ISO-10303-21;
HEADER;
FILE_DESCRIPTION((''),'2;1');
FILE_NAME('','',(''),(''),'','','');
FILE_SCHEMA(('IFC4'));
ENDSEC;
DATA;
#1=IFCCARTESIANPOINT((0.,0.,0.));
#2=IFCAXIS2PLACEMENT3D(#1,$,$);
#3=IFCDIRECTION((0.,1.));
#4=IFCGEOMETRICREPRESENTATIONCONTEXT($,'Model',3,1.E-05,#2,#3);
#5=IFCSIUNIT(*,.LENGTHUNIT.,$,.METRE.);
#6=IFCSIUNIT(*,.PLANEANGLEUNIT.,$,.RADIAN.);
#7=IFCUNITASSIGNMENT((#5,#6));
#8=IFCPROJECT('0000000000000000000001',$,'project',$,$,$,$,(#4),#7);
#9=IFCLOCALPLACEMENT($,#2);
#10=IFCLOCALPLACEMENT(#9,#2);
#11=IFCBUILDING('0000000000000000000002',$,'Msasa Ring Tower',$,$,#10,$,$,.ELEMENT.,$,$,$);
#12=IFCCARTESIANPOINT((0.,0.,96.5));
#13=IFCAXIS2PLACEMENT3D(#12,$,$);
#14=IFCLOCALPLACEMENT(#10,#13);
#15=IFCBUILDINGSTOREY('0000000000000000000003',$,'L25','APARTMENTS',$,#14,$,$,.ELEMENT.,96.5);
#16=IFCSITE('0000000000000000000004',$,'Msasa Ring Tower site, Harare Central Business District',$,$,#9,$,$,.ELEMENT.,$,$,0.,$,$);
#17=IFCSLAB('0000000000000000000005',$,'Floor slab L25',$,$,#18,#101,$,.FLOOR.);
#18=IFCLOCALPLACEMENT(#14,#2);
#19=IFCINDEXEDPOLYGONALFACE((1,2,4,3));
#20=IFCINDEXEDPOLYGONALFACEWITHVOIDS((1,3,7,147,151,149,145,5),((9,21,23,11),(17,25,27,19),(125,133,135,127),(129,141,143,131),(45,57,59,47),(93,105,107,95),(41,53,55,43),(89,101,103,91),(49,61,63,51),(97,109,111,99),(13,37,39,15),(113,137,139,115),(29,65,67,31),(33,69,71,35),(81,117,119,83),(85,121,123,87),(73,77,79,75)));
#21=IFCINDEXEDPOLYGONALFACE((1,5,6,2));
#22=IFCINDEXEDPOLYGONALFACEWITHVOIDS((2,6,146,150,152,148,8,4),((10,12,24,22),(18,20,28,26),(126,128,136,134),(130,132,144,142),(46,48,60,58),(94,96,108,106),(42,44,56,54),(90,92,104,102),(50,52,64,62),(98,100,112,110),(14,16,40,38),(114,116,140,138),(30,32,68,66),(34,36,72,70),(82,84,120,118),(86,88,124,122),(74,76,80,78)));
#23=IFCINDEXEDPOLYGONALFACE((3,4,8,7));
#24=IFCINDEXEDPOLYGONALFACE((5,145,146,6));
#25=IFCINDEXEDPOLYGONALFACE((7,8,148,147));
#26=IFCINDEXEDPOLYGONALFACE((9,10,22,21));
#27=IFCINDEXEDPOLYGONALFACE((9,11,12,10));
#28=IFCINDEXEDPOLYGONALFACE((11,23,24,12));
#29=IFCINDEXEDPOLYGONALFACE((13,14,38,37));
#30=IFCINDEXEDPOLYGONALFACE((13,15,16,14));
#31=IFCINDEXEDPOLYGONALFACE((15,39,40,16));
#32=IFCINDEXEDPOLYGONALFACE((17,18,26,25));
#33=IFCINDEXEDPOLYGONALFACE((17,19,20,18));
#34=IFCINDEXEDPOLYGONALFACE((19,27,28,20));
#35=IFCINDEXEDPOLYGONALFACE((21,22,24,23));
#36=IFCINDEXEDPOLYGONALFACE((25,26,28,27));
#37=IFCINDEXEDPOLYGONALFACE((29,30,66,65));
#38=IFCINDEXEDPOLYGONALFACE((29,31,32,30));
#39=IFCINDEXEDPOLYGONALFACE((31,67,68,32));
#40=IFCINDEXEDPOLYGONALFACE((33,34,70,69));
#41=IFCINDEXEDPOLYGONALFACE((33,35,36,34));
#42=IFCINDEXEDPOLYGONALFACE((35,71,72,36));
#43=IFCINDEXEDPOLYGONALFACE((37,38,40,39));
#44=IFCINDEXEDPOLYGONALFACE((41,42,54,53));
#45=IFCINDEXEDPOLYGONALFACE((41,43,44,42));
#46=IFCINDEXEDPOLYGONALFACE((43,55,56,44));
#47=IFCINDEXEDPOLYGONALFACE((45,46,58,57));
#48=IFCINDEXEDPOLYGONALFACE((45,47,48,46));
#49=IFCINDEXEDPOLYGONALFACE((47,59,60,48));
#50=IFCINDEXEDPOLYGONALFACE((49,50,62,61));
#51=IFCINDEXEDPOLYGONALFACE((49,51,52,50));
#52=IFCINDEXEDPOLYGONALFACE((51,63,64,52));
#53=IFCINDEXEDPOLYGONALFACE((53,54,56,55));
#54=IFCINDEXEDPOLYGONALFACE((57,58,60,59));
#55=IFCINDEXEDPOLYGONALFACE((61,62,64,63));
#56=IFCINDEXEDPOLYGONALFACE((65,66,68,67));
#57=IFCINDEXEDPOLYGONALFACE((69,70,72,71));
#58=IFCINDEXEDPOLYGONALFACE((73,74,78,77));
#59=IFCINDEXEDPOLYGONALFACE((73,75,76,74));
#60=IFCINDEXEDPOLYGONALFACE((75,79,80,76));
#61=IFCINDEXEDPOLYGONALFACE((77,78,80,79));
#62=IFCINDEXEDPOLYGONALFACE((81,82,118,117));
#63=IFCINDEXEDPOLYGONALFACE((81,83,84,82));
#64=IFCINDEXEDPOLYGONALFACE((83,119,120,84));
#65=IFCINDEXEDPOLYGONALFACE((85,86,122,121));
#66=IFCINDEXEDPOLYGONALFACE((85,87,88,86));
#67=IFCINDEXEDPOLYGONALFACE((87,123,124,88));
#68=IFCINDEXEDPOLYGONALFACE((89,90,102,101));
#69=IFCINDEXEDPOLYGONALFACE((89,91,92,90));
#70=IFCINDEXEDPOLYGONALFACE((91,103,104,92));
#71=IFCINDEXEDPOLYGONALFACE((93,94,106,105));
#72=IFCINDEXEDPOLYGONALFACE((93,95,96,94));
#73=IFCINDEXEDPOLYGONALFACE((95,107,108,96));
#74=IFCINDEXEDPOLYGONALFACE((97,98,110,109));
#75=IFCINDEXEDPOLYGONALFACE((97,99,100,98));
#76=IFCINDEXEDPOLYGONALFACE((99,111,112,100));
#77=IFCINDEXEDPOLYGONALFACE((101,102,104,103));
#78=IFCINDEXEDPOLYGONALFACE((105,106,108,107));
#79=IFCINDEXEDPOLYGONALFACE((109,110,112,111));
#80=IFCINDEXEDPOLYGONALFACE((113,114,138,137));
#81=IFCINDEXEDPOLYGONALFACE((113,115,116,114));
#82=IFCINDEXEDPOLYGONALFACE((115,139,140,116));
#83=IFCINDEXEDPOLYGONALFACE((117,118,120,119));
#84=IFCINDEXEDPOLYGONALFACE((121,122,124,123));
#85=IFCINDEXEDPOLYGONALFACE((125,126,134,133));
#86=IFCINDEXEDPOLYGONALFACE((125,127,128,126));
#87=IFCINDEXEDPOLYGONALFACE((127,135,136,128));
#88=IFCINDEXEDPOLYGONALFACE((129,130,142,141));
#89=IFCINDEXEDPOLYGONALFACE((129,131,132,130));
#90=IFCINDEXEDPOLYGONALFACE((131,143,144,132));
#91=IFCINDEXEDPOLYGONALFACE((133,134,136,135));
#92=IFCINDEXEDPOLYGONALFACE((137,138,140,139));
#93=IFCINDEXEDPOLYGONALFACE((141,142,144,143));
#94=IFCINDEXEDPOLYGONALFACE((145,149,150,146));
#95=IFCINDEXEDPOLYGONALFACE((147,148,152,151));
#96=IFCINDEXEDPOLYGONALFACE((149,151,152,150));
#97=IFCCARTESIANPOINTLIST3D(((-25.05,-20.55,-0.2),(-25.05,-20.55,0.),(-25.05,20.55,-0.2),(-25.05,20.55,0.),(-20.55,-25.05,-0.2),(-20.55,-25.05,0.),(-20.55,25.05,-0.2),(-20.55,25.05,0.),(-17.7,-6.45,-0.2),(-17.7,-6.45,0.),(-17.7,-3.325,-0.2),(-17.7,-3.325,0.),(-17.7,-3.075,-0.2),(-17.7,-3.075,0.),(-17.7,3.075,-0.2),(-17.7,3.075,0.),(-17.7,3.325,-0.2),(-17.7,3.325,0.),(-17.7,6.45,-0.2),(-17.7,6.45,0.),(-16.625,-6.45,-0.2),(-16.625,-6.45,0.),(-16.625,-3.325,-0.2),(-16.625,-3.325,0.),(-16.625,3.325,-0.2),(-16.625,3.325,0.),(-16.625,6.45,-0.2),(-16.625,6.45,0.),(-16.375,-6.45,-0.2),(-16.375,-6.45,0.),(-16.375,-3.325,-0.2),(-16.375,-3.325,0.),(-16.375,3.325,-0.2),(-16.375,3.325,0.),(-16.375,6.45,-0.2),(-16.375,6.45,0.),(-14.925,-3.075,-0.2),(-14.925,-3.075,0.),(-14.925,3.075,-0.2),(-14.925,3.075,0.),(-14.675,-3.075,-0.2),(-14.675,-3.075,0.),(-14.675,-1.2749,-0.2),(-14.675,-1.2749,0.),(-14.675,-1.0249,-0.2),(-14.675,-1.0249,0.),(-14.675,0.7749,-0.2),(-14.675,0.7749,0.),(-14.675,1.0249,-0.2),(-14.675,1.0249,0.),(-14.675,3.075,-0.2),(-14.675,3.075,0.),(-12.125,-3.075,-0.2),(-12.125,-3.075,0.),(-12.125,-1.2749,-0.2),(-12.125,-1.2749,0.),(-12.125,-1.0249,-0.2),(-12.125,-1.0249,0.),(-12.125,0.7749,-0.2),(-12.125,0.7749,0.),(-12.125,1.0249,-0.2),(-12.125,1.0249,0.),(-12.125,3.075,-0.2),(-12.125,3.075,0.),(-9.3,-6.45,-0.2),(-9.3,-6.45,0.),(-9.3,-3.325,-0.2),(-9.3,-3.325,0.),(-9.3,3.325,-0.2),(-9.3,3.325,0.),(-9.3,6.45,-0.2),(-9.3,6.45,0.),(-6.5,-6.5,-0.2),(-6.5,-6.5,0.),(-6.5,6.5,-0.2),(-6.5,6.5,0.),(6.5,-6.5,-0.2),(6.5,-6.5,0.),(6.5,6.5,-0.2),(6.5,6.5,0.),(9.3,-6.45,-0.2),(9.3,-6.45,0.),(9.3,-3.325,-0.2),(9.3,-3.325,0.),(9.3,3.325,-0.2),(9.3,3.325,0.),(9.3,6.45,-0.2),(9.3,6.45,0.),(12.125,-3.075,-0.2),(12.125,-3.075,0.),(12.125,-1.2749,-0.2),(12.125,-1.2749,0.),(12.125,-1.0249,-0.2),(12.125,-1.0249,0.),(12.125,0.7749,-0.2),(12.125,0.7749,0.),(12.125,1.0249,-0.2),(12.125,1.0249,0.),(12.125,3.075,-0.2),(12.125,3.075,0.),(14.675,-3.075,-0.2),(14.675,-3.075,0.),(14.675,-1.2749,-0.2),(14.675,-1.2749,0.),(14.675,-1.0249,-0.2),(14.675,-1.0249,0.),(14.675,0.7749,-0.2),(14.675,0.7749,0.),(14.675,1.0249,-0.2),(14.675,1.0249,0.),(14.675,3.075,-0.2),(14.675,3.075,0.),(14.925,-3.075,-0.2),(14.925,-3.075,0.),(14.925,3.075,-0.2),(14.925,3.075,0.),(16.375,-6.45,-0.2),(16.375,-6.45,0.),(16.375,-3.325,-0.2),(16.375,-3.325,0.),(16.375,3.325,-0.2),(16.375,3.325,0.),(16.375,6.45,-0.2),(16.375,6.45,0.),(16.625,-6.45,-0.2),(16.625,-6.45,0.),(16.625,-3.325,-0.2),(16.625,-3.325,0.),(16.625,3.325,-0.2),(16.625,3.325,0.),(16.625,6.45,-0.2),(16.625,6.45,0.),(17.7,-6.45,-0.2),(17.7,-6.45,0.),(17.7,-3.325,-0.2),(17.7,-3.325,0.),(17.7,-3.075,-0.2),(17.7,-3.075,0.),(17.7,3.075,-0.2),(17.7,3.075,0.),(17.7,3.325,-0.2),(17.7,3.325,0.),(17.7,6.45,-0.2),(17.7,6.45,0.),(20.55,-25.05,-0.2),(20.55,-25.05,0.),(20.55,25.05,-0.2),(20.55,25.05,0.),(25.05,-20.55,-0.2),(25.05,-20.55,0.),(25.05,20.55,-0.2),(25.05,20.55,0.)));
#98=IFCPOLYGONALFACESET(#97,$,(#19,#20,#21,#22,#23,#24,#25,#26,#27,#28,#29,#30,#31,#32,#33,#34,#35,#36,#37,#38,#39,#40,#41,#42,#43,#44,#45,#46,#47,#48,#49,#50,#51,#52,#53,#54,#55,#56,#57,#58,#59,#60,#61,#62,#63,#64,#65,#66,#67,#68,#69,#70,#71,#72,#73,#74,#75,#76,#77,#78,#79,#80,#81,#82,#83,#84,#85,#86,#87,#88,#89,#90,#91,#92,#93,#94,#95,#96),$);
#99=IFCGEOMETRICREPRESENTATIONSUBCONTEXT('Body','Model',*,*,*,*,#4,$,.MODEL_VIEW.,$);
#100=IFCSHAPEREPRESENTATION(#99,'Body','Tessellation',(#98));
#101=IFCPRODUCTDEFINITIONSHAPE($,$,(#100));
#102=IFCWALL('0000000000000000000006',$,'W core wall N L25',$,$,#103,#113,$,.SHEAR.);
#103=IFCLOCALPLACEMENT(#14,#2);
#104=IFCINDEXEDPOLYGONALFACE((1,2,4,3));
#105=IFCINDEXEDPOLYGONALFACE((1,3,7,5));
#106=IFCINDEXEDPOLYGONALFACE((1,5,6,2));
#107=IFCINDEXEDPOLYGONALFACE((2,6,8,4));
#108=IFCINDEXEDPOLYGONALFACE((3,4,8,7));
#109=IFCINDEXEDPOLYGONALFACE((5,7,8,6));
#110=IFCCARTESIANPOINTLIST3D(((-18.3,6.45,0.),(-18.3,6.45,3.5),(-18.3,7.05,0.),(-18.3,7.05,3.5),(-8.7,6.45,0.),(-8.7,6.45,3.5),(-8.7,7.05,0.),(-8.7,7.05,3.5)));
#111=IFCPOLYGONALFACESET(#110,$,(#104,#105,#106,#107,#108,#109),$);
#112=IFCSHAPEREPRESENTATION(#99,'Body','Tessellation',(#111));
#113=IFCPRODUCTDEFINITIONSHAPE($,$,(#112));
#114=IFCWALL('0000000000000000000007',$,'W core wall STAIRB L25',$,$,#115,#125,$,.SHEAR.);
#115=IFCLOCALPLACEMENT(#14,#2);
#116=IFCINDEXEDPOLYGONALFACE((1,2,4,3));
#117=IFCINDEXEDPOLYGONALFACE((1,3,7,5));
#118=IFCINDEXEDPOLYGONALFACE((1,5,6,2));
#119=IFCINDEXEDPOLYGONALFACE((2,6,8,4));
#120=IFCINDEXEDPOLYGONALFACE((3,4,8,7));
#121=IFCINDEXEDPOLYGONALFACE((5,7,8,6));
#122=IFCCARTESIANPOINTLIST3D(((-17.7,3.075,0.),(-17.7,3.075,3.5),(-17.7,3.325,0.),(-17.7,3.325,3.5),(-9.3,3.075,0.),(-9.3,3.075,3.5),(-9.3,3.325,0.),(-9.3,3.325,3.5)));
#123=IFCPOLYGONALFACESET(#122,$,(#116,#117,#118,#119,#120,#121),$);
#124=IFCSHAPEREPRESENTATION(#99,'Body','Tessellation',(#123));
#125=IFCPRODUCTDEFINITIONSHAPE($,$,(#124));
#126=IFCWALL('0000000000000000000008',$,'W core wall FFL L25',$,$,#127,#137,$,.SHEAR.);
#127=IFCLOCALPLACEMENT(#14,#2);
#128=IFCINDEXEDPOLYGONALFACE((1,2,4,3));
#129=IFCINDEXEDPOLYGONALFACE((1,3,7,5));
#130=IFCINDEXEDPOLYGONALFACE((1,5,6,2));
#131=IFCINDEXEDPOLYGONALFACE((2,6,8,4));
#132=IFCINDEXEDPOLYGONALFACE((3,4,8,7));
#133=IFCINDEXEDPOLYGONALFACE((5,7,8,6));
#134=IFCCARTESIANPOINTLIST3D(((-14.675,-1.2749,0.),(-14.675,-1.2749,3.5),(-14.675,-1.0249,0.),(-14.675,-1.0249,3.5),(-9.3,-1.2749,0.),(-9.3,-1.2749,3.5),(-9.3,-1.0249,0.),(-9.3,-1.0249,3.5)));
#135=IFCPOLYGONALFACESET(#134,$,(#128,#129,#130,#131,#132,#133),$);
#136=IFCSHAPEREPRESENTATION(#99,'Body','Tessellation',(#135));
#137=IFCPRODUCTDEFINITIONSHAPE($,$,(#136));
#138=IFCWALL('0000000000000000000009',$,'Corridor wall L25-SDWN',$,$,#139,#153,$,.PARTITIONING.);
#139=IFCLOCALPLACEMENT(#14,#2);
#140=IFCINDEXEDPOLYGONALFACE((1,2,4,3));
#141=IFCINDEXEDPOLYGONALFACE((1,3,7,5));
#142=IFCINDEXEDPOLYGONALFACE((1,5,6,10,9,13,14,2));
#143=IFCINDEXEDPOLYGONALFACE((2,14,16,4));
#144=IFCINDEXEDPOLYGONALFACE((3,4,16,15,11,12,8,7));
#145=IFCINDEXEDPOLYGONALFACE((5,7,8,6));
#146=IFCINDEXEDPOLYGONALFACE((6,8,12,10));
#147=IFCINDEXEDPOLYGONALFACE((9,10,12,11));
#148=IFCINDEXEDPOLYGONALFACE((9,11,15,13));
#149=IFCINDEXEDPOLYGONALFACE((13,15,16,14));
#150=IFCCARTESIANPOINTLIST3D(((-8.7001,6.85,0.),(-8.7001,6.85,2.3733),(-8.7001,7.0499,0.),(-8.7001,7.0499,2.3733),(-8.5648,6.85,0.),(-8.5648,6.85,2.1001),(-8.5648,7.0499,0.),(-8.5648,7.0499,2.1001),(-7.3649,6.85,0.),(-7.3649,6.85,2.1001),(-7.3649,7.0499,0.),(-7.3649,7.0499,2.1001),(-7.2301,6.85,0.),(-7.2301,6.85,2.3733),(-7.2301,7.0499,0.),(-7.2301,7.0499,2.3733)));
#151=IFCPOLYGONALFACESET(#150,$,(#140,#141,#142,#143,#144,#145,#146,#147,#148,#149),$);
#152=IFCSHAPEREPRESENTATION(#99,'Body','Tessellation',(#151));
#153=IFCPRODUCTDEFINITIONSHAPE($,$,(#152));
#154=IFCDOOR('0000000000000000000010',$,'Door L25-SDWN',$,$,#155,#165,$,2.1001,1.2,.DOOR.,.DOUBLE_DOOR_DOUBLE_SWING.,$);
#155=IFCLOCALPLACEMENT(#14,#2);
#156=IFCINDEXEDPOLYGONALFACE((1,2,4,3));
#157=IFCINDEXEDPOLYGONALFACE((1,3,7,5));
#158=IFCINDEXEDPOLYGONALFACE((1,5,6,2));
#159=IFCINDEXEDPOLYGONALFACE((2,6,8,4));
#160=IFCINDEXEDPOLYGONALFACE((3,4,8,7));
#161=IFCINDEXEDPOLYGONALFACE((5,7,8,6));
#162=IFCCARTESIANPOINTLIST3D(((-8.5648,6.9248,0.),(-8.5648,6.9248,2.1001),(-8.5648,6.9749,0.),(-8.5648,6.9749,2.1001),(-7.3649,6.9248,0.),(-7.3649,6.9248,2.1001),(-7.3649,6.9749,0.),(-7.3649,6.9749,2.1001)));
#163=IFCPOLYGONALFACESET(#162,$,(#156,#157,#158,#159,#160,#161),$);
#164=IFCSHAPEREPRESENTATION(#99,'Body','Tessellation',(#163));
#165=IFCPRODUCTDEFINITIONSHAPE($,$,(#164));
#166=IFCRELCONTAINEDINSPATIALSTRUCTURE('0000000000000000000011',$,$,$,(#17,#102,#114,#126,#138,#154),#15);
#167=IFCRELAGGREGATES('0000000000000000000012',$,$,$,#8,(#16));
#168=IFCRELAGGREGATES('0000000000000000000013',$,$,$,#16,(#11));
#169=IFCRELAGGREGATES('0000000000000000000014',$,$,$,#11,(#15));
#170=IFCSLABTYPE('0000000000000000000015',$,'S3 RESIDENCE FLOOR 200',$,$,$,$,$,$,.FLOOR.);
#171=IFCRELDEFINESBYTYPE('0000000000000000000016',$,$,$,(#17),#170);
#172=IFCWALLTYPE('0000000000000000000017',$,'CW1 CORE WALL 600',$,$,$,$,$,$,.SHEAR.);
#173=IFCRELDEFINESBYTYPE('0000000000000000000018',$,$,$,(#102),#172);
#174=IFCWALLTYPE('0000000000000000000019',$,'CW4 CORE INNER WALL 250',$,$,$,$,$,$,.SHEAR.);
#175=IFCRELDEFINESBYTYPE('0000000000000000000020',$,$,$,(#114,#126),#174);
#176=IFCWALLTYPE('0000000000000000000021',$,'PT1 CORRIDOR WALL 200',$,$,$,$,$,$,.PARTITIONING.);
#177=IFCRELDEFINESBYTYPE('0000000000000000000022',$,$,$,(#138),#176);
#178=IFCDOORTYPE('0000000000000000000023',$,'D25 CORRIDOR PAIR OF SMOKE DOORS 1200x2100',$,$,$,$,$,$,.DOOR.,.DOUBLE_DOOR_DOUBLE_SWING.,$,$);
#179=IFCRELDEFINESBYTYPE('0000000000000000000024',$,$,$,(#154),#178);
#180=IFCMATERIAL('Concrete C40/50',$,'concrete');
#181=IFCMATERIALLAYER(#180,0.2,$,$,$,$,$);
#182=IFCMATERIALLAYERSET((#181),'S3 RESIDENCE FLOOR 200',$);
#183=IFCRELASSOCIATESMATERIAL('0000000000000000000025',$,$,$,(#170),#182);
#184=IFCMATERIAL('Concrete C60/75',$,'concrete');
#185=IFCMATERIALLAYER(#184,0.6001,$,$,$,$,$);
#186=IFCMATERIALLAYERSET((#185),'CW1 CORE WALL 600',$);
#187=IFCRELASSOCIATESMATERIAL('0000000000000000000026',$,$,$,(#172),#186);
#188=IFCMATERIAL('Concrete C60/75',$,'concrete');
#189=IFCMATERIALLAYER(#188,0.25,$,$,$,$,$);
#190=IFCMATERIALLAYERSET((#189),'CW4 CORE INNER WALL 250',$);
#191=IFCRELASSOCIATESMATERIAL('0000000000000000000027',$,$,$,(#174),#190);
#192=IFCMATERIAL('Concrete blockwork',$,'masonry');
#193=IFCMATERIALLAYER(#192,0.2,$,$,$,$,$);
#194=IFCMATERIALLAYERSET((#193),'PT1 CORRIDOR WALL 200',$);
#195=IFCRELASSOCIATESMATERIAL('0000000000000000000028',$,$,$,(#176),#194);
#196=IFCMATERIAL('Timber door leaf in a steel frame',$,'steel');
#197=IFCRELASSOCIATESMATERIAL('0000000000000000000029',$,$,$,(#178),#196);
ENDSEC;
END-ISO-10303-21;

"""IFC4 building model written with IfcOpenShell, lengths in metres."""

from ifc_helpers import new_model, si_unit, direction, frame, frame_2d, origin, place, context, subcontext, project, spatial, polyline, rectangle, outline, extrude, material, layer, layer_set, type_object, element, fill, save


model = new_model("IFC4")

# Units and contexts
model_context = context("Model", 3, precision=1e-05, world=origin(), true_north=direction((0.0, 1.0)))
body_context = subcontext(model_context, "Body", "Model", "MODEL_VIEW")
ifc_project = project(units=[si_unit("LENGTHUNIT", "METRE"), si_unit("PLANEANGLEUNIT", "RADIAN")], contexts=[model_context])

# Site, building, storey
site_placement = place(None, origin())
site = spatial("IfcSite", under=ifc_project, at=site_placement, Name="Msasa Ring Tower site, Harare Central Business District", CompositionType="ELEMENT", RefElevation=0.0)
building_placement = place(site_placement, origin())
building = spatial("IfcBuilding", under=site, at=building_placement, Name="Msasa Ring Tower", CompositionType="ELEMENT")
storey_placement = place(building_placement, frame((0.0, 0.0, 96.5)))
storey = spatial("IfcBuildingStorey", under=building, at=storey_placement, Name="L25", Description="APARTMENTS", CompositionType="ELEMENT", Elevation=96.5)

# Slab
ifc_material_1 = material(Name="Concrete C40/50", Category="concrete")
ifc_layer_1 = layer(ifc_material_1, 0.2)
ifc_layer_set_1 = layer_set([ifc_layer_1], Name="S3 RESIDENCE FLOOR 200")
slab_type = type_object("IfcSlabType", Name="S3 RESIDENCE FLOOR 200", PredefinedType="FLOOR", material=ifc_layer_set_1)
slab_placement = place(storey_placement, frame((0.0, 0.0, -0.2)))
element("IfcSlab", 1, at=slab_placement, inside=storey, type_object=slab_type, Name="Floor slab L25", PredefinedType="FLOOR", context=body_context, shape_type="SweptSolid", body=[
    extrude(outline(polyline([(-20.55, -25.05), (20.55, -25.05), (25.05, -20.55), (25.05, 20.55), (20.55, 25.05), (-20.55, 25.05), (-25.05, 20.55), (-25.05, -20.55), (-20.55, -25.05)]), holes=[polyline([(-6.5, -6.5), (6.5, -6.5), (6.5, 6.5), (-6.5, 6.5), (-6.5, -6.5)]), polyline([(9.3, -6.45), (16.375, -6.45), (16.375, -3.325), (9.3, -3.325), (9.3, -6.45)]), polyline([(9.3, 3.325), (16.375, 3.325), (16.375, 6.45), (9.3, 6.45), (9.3, 3.325)]), polyline([(12.125, -3.075), (14.675, -3.075), (14.675, -1.2749), (12.125, -1.2749), (12.125, -3.075)]), polyline([(12.125, -1.0249), (14.675, -1.0249), (14.675, 0.7749), (12.125, 0.7749), (12.125, -1.0249)]), polyline([(12.125, 1.0249), (14.675, 1.0249), (14.675, 3.075), (12.125, 3.075), (12.125, 1.0249)]), polyline([(16.625, -6.45), (17.7, -6.45), (17.7, -3.325), (16.625, -3.325), (16.625, -6.45)]), polyline([(16.625, 3.325), (17.7, 3.325), (17.7, 6.45), (16.625, 6.45), (16.625, 3.325)]), polyline([(14.925, -3.075), (17.7, -3.075), (17.7, 3.075), (14.925, 3.075), (14.925, -3.075)]), polyline([(-16.375, -6.45), (-9.3, -6.45), (-9.3, -3.325), (-16.375, -3.325), (-16.375, -6.45)]), polyline([(-16.375, 3.325), (-9.3, 3.325), (-9.3, 6.45), (-16.375, 6.45), (-16.375, 3.325)]), polyline([(-14.675, -3.075), (-12.125, -3.075), (-12.125, -1.2749), (-14.675, -1.2749), (-14.675, -3.075)]), polyline([(-14.675, -1.0249), (-12.125, -1.0249), (-12.125, 0.7749), (-14.675, 0.7749), (-14.675, -1.0249)]), polyline([(-14.675, 1.0249), (-12.125, 1.0249), (-12.125, 3.075), (-14.675, 3.075), (-14.675, 1.0249)]), polyline([(-17.7, -6.45), (-16.625, -6.45), (-16.625, -3.325), (-17.7, -3.325), (-17.7, -6.45)]), polyline([(-17.7, 3.325), (-16.625, 3.325), (-16.625, 6.45), (-17.7, 6.45), (-17.7, 3.325)]), polyline([(-17.7, -3.075), (-14.925, -3.075), (-14.925, 3.075), (-17.7, 3.075), (-17.7, -3.075)])]), origin(), (0.0, 0.0, 1.0), 0.2),
])

# Walls
ifc_material_2 = material(Name="Concrete C60/75", Category="concrete")
ifc_layer_2 = layer(ifc_material_2, 0.6001)
ifc_layer_set_2 = layer_set([ifc_layer_2], Name="CW1 CORE WALL 600")
wall_type_1 = type_object("IfcWallType", Name="CW1 CORE WALL 600", PredefinedType="SHEAR", material=ifc_layer_set_2)
wall_1_placement = place(storey_placement, frame((-8.7, 6.75, 0.0), z_axis=(0.0, 0.0, 1.0), x_axis=(-1.0, 0.0, 0.0)))
element("IfcWall", 2, at=wall_1_placement, inside=storey, type_object=wall_type_1, Name="W core wall N L25", PredefinedType="SHEAR", context=body_context, shape_type="SweptSolid", body=[
    extrude(rectangle(XDim=9.6001, YDim=0.6001, at=frame_2d((4.8, 0.0))), origin(), (0.0, 0.0, 1.0), 3.5),
])
ifc_material_3 = material(Name="Concrete C60/75", Category="concrete")
ifc_layer_3 = layer(ifc_material_3, 0.25)
ifc_layer_set_3 = layer_set([ifc_layer_3], Name="CW4 CORE INNER WALL 250")
wall_type_2 = type_object("IfcWallType", Name="CW4 CORE INNER WALL 250", PredefinedType="SHEAR", material=ifc_layer_set_3)
wall_2_placement = place(storey_placement, frame((-9.3, 3.2, 0.0), z_axis=(0.0, 0.0, 1.0), x_axis=(-1.0, 0.0, 0.0)))
element("IfcWall", 3, at=wall_2_placement, inside=storey, type_object=wall_type_2, Name="W core wall STAIRB L25", PredefinedType="SHEAR", context=body_context, shape_type="SweptSolid", body=[
    extrude(rectangle(XDim=8.3999, YDim=0.25, at=frame_2d((4.2, 0.0))), origin(), (0.0, 0.0, 1.0), 3.5),
])
wall_3_placement = place(storey_placement, frame((-9.3, -1.1499, 0.0), z_axis=(0.0, 0.0, 1.0), x_axis=(-1.0, 0.0, 0.0)))
element("IfcWall", 4, at=wall_3_placement, inside=storey, type_object=wall_type_2, Name="W core wall FFL L25", PredefinedType="SHEAR", context=body_context, shape_type="SweptSolid", body=[
    extrude(rectangle(XDim=5.375, YDim=0.25, at=frame_2d((2.6875, 0.0))), origin(), (0.0, 0.0, 1.0), 3.5),
])

# Wall, opening, door
ifc_material_4 = material(Name="Concrete blockwork", Category="masonry")
ifc_layer_4 = layer(ifc_material_4, 0.2)
ifc_layer_set_4 = layer_set([ifc_layer_4], Name="PT1 CORRIDOR WALL 200")
wall_type_3 = type_object("IfcWallType", Name="PT1 CORRIDOR WALL 200", PredefinedType="PARTITIONING", material=ifc_layer_set_4)
wall_4_placement = place(storey_placement, frame((-8.7, 6.95, 0.0), z_axis=(0.0, 0.0, 1.0), x_axis=(1.0, 0.0, 0.0)))
wall_4 = element("IfcWall", 5, at=wall_4_placement, inside=storey, type_object=wall_type_3, Name="Corridor wall L25-SDWN", PredefinedType="PARTITIONING", context=body_context, shape_type="SweptSolid", body=[
    extrude(rectangle(XDim=1.47, YDim=0.2, at=frame_2d((0.7349, 0.0))), origin(), (0.0, 0.0, 1.0), 2.3733),
])
opening_placement = place(wall_4_placement, frame((0.135, 0.0, 0.0)))
opening = element("IfcOpeningElement", 6, at=opening_placement, cuts=wall_4, PredefinedType="OPENING", context=body_context, shape_type="SweptSolid", body=[
    extrude(rectangle(XDim=1.2, YDim=2.1001, at=frame_2d((0.6001, 1.05))), frame((0.0, 0.1099, 0.0), z_axis=(0.0, -1.0, 0.0), x_axis=(1.0, 0.0, 0.0)), (0.0, 0.0, 1.0), 0.22),
])
ifc_material_5 = material(Name="Timber door leaf in a steel frame", Category="steel")
door_type = type_object("IfcDoorType", Name="D25 CORRIDOR PAIR OF SMOKE DOORS 1200x2100", OperationType="DOUBLE_DOOR_DOUBLE_SWING", PredefinedType="DOOR", material=ifc_material_5)
door_placement = place(opening_placement, origin())
door = element("IfcDoor", 7, at=door_placement, inside=storey, type_object=door_type, Name="Door L25-SDWN", OperationType="DOUBLE_DOOR_DOUBLE_SWING", OverallHeight=2.1001, OverallWidth=1.2, PredefinedType="DOOR", context=body_context, shape_type="SweptSolid", body=[
    extrude(rectangle(XDim=1.2, YDim=2.1001, at=frame_2d((0.6001, 1.05))), frame((0.0, 0.0249, 0.0), z_axis=(0.0, -1.0, 0.0), x_axis=(1.0, 0.0, 0.0)), (0.0, 0.0, 1.0), 0.05),
])
fill(opening, door)

save(model, "model.ifc")
